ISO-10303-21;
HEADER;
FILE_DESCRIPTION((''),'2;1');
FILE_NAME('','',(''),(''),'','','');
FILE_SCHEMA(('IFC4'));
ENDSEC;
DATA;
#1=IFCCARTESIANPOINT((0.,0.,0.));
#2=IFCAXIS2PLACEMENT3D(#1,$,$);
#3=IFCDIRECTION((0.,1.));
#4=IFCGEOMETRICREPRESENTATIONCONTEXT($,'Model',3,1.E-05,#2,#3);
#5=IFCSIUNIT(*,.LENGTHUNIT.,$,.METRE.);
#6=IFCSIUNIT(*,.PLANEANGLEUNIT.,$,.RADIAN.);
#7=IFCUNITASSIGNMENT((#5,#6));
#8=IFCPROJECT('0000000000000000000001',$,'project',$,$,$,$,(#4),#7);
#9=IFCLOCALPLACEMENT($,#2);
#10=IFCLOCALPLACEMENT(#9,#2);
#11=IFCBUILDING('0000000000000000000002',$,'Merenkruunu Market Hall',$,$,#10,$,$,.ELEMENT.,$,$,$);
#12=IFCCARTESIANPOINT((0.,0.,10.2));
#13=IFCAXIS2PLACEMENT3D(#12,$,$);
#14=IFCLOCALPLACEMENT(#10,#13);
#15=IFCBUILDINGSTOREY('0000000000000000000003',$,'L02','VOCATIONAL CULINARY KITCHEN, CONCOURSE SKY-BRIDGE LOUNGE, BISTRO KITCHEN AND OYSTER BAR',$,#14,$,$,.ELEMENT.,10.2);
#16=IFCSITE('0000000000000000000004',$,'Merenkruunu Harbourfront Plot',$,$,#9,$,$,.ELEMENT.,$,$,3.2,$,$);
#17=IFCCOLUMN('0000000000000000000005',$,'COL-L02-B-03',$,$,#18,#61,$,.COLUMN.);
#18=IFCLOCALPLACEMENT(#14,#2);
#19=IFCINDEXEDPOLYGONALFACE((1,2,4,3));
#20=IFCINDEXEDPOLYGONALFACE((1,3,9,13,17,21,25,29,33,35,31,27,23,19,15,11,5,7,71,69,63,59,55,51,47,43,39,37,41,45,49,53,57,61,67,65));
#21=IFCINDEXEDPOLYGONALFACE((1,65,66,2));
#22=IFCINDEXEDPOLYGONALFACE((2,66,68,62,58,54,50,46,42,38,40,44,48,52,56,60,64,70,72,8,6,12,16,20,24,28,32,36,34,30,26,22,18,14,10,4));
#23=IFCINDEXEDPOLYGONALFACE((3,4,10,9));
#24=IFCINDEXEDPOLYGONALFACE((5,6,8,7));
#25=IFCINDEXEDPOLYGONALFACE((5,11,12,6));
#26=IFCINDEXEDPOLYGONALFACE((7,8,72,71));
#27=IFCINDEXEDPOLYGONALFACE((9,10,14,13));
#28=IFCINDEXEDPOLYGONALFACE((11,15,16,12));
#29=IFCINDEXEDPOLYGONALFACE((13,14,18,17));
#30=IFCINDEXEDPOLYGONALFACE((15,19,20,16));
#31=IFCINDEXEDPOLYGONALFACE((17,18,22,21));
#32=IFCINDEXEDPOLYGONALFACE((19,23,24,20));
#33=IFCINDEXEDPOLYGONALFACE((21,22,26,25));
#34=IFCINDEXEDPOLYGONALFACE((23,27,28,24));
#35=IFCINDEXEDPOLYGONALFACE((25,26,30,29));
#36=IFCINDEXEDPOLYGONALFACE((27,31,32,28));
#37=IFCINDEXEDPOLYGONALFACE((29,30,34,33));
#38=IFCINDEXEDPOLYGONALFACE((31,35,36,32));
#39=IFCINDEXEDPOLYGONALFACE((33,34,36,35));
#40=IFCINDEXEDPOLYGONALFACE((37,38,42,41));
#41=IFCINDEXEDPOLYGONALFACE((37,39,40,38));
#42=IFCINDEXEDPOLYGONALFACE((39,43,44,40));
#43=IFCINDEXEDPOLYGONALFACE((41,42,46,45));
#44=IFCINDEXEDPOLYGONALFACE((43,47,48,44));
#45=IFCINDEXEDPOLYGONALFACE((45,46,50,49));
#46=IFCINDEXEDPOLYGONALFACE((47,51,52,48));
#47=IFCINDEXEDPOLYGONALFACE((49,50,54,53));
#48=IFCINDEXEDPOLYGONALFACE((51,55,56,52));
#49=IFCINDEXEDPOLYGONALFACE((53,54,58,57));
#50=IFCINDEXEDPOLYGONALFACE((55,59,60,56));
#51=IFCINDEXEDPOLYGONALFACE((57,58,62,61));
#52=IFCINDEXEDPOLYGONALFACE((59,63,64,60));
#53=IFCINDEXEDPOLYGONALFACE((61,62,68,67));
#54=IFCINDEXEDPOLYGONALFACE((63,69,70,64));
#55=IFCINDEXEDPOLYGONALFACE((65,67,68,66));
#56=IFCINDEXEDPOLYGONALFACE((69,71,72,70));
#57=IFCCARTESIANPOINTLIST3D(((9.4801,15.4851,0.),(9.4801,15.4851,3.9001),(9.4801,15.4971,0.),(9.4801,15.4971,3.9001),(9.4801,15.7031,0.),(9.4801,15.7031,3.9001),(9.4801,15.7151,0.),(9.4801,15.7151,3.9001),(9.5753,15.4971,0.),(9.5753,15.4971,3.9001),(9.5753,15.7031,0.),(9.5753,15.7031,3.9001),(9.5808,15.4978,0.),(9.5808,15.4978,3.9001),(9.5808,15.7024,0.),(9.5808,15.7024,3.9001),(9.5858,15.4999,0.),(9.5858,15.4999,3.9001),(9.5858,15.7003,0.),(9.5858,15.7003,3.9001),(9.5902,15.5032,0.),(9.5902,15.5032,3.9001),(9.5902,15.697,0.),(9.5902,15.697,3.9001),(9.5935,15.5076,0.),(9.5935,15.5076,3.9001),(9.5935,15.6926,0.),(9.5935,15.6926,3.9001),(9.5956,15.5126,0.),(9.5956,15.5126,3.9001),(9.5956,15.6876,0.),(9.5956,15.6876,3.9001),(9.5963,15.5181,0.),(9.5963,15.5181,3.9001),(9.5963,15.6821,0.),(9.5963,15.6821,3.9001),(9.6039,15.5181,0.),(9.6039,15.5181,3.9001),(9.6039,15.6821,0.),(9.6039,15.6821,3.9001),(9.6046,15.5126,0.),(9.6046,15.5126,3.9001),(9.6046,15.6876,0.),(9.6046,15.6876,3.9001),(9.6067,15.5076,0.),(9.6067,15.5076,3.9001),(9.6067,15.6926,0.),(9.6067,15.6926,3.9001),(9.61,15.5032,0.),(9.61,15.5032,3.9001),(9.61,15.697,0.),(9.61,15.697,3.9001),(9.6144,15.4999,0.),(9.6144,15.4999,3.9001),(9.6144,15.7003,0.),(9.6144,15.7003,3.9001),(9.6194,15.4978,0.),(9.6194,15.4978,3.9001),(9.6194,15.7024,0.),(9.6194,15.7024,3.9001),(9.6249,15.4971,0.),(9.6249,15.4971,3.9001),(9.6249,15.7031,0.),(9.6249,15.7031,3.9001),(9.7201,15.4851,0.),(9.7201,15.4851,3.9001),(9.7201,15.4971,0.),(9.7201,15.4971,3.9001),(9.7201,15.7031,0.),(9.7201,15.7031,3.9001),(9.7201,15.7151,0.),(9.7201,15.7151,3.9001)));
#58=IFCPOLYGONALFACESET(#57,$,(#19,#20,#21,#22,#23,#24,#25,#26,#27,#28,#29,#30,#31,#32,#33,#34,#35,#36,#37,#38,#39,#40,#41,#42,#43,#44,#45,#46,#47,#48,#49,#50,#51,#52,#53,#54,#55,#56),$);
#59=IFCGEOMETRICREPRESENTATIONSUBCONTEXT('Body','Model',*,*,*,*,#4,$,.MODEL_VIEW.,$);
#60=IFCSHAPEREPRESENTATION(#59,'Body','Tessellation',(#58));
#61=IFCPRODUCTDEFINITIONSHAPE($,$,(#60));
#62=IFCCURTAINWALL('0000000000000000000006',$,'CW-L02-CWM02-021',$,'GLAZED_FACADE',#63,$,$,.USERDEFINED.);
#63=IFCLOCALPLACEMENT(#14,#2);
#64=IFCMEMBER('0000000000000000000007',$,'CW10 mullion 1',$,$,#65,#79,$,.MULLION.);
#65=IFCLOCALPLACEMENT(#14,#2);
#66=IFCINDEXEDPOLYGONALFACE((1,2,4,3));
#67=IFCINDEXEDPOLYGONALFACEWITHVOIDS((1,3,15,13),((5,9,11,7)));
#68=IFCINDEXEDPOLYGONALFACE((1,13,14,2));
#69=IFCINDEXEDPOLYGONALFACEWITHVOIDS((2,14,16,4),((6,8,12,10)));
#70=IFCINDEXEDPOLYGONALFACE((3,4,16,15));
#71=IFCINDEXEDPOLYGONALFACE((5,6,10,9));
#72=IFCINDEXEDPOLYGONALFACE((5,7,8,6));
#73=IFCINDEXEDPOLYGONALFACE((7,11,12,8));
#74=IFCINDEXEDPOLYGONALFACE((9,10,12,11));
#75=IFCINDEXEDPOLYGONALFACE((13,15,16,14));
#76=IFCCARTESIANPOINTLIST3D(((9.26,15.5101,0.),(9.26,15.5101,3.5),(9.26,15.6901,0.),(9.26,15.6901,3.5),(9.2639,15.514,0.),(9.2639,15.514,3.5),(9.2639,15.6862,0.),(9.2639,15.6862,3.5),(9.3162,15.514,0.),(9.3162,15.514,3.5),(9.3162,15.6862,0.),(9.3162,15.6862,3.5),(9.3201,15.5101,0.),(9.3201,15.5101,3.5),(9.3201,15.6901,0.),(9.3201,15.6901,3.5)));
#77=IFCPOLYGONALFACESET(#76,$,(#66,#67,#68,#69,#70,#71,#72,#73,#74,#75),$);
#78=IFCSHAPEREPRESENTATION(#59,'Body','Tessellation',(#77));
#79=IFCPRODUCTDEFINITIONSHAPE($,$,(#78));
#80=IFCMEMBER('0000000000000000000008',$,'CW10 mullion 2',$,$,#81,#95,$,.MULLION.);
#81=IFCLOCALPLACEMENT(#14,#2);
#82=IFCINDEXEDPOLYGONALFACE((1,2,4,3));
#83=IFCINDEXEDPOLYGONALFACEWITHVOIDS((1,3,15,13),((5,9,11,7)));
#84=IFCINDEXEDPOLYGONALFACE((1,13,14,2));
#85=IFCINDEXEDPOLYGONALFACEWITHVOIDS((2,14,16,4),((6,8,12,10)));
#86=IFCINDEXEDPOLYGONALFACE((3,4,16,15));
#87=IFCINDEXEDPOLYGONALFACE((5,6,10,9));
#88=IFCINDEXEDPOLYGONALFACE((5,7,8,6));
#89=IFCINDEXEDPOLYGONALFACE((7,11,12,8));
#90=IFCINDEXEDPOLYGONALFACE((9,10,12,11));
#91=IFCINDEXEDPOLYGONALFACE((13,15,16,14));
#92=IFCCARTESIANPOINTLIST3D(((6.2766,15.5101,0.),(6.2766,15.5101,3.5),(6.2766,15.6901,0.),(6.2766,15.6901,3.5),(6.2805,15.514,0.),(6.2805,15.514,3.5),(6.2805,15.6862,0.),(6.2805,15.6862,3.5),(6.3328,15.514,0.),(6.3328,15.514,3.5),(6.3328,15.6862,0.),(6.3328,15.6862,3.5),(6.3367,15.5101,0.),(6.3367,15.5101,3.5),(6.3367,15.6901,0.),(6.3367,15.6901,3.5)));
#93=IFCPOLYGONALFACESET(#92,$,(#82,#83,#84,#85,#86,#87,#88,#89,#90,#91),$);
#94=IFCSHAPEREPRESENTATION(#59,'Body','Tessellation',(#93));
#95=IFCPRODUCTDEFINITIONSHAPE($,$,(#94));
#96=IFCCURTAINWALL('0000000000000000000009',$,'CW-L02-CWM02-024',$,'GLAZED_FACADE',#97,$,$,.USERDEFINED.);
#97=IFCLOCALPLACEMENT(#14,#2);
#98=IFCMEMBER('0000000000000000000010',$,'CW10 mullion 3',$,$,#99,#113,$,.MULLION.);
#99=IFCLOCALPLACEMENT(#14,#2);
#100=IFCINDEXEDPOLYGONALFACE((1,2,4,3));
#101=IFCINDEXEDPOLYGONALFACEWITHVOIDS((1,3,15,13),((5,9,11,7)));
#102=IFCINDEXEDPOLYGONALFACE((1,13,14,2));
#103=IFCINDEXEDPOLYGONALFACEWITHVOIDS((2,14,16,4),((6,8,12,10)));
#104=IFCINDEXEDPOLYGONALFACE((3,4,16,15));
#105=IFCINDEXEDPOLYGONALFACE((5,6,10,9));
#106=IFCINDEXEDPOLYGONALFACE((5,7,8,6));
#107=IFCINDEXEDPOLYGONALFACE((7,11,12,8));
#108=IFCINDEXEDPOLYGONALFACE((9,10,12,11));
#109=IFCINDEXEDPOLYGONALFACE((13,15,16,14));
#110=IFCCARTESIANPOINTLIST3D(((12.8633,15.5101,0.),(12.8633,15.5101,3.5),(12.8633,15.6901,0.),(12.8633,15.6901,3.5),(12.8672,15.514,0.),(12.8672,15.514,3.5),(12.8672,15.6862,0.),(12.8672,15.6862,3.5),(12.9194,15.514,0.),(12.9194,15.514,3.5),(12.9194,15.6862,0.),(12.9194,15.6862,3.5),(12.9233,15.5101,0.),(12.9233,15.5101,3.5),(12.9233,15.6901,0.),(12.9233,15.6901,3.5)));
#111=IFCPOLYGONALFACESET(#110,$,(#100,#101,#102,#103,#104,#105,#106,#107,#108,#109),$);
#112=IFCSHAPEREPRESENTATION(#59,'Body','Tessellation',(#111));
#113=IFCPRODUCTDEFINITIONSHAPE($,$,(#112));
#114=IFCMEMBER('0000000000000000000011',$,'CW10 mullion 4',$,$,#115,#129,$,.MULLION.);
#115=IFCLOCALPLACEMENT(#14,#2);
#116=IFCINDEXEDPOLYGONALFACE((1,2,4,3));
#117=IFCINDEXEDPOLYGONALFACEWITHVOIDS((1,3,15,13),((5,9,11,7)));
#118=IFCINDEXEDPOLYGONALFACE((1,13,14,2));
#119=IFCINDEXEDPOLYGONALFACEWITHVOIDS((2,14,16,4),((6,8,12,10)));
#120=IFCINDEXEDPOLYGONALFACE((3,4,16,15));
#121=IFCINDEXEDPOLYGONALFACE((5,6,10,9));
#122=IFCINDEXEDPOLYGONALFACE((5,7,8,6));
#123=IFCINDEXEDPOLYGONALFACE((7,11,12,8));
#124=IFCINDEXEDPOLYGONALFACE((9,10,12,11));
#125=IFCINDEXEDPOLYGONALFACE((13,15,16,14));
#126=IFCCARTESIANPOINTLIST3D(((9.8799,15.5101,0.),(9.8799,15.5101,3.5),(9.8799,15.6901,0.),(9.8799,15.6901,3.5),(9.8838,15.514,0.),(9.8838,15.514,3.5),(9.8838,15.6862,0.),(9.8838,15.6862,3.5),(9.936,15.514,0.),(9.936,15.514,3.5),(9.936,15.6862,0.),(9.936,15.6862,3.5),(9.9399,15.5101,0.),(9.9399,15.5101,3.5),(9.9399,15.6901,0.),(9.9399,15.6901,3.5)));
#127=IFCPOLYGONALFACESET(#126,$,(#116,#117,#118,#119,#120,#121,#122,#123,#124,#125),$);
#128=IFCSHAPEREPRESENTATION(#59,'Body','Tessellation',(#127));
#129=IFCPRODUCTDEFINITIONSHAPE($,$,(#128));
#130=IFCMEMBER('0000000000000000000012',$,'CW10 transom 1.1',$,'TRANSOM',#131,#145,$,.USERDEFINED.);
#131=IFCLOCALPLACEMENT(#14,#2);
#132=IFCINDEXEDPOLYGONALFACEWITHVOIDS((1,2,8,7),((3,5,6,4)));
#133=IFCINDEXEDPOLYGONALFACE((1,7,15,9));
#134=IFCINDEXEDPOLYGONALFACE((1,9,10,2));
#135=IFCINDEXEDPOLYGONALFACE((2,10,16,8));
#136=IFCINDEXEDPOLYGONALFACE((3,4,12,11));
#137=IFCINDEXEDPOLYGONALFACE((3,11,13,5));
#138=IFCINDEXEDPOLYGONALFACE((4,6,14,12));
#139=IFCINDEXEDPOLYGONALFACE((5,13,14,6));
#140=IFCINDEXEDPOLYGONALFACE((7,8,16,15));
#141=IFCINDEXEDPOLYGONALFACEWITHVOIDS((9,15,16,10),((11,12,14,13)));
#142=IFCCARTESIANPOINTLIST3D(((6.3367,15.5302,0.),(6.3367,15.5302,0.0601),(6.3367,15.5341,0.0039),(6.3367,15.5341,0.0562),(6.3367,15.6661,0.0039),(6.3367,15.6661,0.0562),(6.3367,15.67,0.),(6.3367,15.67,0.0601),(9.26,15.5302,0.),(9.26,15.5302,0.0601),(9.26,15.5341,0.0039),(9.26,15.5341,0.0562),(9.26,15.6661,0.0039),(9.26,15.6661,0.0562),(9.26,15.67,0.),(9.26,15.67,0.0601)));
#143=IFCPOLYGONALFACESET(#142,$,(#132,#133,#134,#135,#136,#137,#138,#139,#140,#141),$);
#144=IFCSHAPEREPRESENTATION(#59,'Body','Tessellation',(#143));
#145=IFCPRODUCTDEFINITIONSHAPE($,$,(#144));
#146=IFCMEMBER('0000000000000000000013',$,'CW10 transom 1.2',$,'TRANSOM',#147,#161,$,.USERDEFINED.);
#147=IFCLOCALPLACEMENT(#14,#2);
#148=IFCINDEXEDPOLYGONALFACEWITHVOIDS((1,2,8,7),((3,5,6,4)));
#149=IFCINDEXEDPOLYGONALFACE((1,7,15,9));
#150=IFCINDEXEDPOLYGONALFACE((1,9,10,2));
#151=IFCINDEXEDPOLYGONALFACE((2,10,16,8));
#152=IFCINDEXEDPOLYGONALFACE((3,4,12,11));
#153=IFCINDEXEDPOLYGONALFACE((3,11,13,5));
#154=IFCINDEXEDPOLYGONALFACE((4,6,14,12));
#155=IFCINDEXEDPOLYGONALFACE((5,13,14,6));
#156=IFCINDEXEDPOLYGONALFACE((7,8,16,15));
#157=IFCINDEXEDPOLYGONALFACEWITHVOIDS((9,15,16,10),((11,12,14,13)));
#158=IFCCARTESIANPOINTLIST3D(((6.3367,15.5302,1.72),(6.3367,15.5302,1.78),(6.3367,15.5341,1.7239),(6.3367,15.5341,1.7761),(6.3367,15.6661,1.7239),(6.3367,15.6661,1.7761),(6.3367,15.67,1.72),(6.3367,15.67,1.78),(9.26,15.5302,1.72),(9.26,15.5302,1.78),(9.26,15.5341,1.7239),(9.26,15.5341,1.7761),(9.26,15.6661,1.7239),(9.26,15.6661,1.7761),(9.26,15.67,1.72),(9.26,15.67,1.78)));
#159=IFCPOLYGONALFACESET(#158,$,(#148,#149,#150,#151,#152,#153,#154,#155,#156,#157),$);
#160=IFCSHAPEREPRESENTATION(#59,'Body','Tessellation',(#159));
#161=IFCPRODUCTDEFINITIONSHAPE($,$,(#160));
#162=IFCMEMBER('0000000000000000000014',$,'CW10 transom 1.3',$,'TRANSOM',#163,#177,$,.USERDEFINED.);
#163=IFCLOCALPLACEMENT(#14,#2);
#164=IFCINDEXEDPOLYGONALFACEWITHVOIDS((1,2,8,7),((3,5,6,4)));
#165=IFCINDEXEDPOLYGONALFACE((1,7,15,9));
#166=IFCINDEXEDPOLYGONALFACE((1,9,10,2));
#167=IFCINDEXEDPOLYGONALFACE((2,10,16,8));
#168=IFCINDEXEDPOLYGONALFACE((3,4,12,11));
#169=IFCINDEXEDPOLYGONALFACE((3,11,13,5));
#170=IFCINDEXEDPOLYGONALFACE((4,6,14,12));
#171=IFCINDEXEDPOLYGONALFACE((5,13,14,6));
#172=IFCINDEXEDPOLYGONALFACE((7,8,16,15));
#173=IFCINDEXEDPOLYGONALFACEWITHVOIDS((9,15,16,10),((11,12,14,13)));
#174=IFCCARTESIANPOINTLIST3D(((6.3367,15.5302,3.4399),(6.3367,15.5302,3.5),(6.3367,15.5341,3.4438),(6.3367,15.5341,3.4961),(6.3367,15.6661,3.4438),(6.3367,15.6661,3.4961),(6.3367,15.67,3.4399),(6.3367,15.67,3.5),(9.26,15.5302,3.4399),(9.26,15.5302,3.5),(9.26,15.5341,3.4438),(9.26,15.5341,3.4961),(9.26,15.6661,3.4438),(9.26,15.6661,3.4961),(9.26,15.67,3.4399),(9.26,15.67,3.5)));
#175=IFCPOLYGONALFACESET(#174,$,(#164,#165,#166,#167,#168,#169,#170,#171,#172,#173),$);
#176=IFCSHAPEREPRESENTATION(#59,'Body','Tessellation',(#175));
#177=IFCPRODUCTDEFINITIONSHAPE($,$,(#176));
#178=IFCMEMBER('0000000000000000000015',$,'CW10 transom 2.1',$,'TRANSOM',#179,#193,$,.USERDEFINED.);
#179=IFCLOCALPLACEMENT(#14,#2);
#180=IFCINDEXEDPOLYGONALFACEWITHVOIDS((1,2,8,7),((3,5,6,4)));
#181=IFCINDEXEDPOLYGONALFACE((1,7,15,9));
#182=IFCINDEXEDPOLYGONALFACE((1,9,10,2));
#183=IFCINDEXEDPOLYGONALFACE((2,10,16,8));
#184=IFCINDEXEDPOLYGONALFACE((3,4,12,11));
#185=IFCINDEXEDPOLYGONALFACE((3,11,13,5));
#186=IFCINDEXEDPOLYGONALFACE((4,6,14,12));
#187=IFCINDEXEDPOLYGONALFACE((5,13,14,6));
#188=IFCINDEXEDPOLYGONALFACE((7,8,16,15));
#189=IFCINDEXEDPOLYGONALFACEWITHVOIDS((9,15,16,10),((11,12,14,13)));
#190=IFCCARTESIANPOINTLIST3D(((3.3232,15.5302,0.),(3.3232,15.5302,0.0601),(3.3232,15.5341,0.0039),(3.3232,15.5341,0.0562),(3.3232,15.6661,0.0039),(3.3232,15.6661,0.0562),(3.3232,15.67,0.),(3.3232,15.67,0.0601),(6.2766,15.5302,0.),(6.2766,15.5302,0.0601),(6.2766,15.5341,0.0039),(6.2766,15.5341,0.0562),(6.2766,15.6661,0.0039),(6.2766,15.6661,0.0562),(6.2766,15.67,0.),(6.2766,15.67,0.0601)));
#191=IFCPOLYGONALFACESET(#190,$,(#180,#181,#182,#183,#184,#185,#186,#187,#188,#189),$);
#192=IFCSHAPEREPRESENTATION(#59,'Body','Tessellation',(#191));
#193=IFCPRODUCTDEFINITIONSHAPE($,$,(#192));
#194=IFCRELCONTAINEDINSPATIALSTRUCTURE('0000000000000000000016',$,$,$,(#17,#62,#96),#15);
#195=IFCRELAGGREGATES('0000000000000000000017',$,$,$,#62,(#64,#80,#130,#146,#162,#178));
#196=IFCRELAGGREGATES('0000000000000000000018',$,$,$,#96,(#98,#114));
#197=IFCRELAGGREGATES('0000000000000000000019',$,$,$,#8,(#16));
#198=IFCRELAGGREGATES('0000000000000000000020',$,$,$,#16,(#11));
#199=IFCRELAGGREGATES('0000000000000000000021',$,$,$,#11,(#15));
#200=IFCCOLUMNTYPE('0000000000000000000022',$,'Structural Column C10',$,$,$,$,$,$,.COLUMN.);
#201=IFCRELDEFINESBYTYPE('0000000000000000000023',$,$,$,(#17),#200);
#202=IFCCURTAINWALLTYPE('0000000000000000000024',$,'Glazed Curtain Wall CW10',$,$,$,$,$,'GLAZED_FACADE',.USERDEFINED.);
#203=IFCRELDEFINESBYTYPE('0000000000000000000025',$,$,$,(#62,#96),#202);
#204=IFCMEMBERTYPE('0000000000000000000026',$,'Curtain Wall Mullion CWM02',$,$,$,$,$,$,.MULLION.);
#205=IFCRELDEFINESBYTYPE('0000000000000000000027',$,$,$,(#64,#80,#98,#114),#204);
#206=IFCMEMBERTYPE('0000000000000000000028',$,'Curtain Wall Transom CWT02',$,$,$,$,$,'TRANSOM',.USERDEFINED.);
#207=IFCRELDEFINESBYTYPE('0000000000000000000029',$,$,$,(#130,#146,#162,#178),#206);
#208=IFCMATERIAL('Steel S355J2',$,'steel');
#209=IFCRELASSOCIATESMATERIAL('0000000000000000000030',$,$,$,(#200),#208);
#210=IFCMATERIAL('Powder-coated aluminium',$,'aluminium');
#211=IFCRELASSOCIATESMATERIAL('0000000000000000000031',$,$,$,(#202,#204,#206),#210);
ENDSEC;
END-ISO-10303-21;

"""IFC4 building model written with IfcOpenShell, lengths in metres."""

from ifc_helpers import new_model, si_unit, direction, frame, origin, origin_2d, place, context, subcontext, project, spatial, hollow_rectangle, i_section, extrude, material, material_profile, profile_set, type_object, element, aggregate, save


model = new_model("IFC4")

# Units and contexts
model_context = context("Model", 3, precision=1e-05, world=origin(), true_north=direction((0.0, 1.0)))
body_context = subcontext(model_context, "Body", "Model", "MODEL_VIEW")
ifc_project = project(units=[si_unit("LENGTHUNIT", "METRE"), si_unit("PLANEANGLEUNIT", "RADIAN")], contexts=[model_context])

# Site, building, storey
site_placement = place(None, origin())
site = spatial("IfcSite", under=ifc_project, at=site_placement, Name="Merenkruunu Harbourfront Plot", CompositionType="ELEMENT", RefElevation=3.2)
building_placement = place(site_placement, origin())
building = spatial("IfcBuilding", under=site, at=building_placement, Name="Merenkruunu Market Hall", CompositionType="ELEMENT")
storey_placement = place(building_placement, frame((0.0, 0.0, 10.2)))
storey = spatial("IfcBuildingStorey", under=building, at=storey_placement, Name="L02", Description="VOCATIONAL CULINARY KITCHEN, CONCOURSE SKY-BRIDGE LOUNGE, BISTRO KITCHEN AND OYSTER BAR", CompositionType="ELEMENT", Elevation=10.2)

# Column
ifc_material_1 = material(Name="Steel S355J2", Category="steel")
ifc_material_profile_1 = material_profile(ifc_material_1, i_section(OverallWidth=0.24, OverallDepth=0.23, WebThickness=0.0076, FlangeThickness=0.012, FilletRadius=0.021, at=origin_2d()), Name="HEA 240")
ifc_profile_set_1 = profile_set([ifc_material_profile_1], Name="Steel S355J2")
column_type = type_object("IfcColumnType", Name="Structural Column C10", PredefinedType="COLUMN", material=ifc_profile_set_1)
column_placement = place(storey_placement, frame((9.6001, 15.6001, 0.0), z_axis=(0.0, 0.0, 1.0), x_axis=(1.0, 0.0, 0.0)))
element("IfcColumn", 1, at=column_placement, inside=storey, type_object=column_type, Name="COL-L02-B-03", PredefinedType="COLUMN", context=body_context, shape_type="SweptSolid", body=[
    extrude(i_section(OverallWidth=0.24, OverallDepth=0.23, WebThickness=0.0076, FlangeThickness=0.012, FilletRadius=0.021, at=origin_2d()), origin(), (0.0, 0.0, 1.0), 3.9001),
])

# Curtain walls, members
ifc_material_2 = material(Name="Powder-coated aluminium", Category="aluminium")
curtain_wall_type = type_object("IfcCurtainWallType", Name="Glazed Curtain Wall CW10", ElementType="GLAZED_FACADE", PredefinedType="USERDEFINED", material=ifc_material_2)
curtain_wall_1_placement = place(storey_placement, origin())
curtain_wall_1 = element("IfcCurtainWall", 2, at=curtain_wall_1_placement, inside=storey, type_object=curtain_wall_type, Name="CW-L02-CWM02-021", ObjectType="GLAZED_FACADE", PredefinedType="USERDEFINED")
ifc_material_profile_2 = material_profile(ifc_material_2, hollow_rectangle(XDim=0.0601, YDim=0.1799, WallThickness=0.0039, at=origin_2d()), Name="ALU 60x180x4")
ifc_profile_set_2 = profile_set([ifc_material_profile_2], Name="Powder-coated aluminium")
member_type_1 = type_object("IfcMemberType", Name="Curtain Wall Mullion CWM02", PredefinedType="MULLION", material=ifc_profile_set_2)
member_1_placement = place(storey_placement, frame((9.29, 15.6001, 0.0), z_axis=(0.0, 0.0, 1.0), x_axis=(-1.0, 0.0, 0.0)))
member_1 = element("IfcMember", 3, at=member_1_placement, type_object=member_type_1, Name="CW10 mullion 1", PredefinedType="MULLION", context=body_context, shape_type="SweptSolid", body=[
    extrude(hollow_rectangle(XDim=0.0601, YDim=0.1799, WallThickness=0.0039, at=origin_2d()), origin(), (0.0, 0.0, 1.0), 3.5),
])
member_2_placement = place(storey_placement, frame((6.3066, 15.6001, 0.0), z_axis=(0.0, 0.0, 1.0), x_axis=(-1.0, 0.0, 0.0)))
member_2 = element("IfcMember", 4, at=member_2_placement, type_object=member_type_1, Name="CW10 mullion 2", PredefinedType="MULLION", context=body_context, shape_type="SweptSolid", body=[
    extrude(hollow_rectangle(XDim=0.0601, YDim=0.1799, WallThickness=0.0039, at=origin_2d()), origin(), (0.0, 0.0, 1.0), 3.5),
])
curtain_wall_2_placement = place(storey_placement, origin())
curtain_wall_2 = element("IfcCurtainWall", 5, at=curtain_wall_2_placement, inside=storey, type_object=curtain_wall_type, Name="CW-L02-CWM02-024", ObjectType="GLAZED_FACADE", PredefinedType="USERDEFINED")
member_3_placement = place(storey_placement, frame((12.8933, 15.6001, 0.0), z_axis=(0.0, 0.0, 1.0), x_axis=(-1.0, 0.0, 0.0)))
member_3 = element("IfcMember", 6, at=member_3_placement, type_object=member_type_1, Name="CW10 mullion 3", PredefinedType="MULLION", context=body_context, shape_type="SweptSolid", body=[
    extrude(hollow_rectangle(XDim=0.0601, YDim=0.1799, WallThickness=0.0039, at=origin_2d()), origin(), (0.0, 0.0, 1.0), 3.5),
])
member_4_placement = place(storey_placement, frame((9.9099, 15.6001, 0.0), z_axis=(0.0, 0.0, 1.0), x_axis=(-1.0, 0.0, 0.0)))
member_4 = element("IfcMember", 7, at=member_4_placement, type_object=member_type_1, Name="CW10 mullion 4", PredefinedType="MULLION", context=body_context, shape_type="SweptSolid", body=[
    extrude(hollow_rectangle(XDim=0.0601, YDim=0.1799, WallThickness=0.0039, at=origin_2d()), origin(), (0.0, 0.0, 1.0), 3.5),
])

# Members
ifc_material_profile_3 = material_profile(ifc_material_2, hollow_rectangle(XDim=0.0601, YDim=0.1399, WallThickness=0.0039, at=origin_2d()), Name="ALU 60x140x4")
ifc_profile_set_3 = profile_set([ifc_material_profile_3], Name="Powder-coated aluminium")
member_type_2 = type_object("IfcMemberType", Name="Curtain Wall Transom CWT02", ElementType="TRANSOM", PredefinedType="USERDEFINED", material=ifc_profile_set_3)
member_5_placement = place(storey_placement, frame((9.26, 15.6001, 0.03), z_axis=(-1.0, 0.0, 0.0), x_axis=(0.0, 0.0, 1.0)))
member_5 = element("IfcMember", 8, at=member_5_placement, type_object=member_type_2, Name="CW10 transom 1.1", ObjectType="TRANSOM", PredefinedType="USERDEFINED", context=body_context, shape_type="SweptSolid", body=[
    extrude(hollow_rectangle(XDim=0.0601, YDim=0.1399, WallThickness=0.0039, at=origin_2d()), origin(), (0.0, 0.0, 1.0), 2.9233),
])
member_6_placement = place(storey_placement, frame((9.26, 15.6001, 1.75), z_axis=(-1.0, 0.0, 0.0), x_axis=(0.0, 0.0, 1.0)))
member_6 = element("IfcMember", 9, at=member_6_placement, type_object=member_type_2, Name="CW10 transom 1.2", ObjectType="TRANSOM", PredefinedType="USERDEFINED", context=body_context, shape_type="SweptSolid", body=[
    extrude(hollow_rectangle(XDim=0.0601, YDim=0.1399, WallThickness=0.0039, at=origin_2d()), origin(), (0.0, 0.0, 1.0), 2.9233),
])
member_7_placement = place(storey_placement, frame((9.26, 15.6001, 3.47), z_axis=(-1.0, 0.0, 0.0), x_axis=(0.0, 0.0, 1.0)))
member_7 = element("IfcMember", 10, at=member_7_placement, type_object=member_type_2, Name="CW10 transom 1.3", ObjectType="TRANSOM", PredefinedType="USERDEFINED", context=body_context, shape_type="SweptSolid", body=[
    extrude(hollow_rectangle(XDim=0.0601, YDim=0.1399, WallThickness=0.0039, at=origin_2d()), origin(), (0.0, 0.0, 1.0), 2.9233),
])
member_8_placement = place(storey_placement, frame((6.2766, 15.6001, 0.03), z_axis=(-1.0, 0.0, 0.0), x_axis=(0.0, 0.0, 1.0)))
member_8 = element("IfcMember", 11, at=member_8_placement, type_object=member_type_2, Name="CW10 transom 2.1", ObjectType="TRANSOM", PredefinedType="USERDEFINED", context=body_context, shape_type="SweptSolid", body=[
    extrude(hollow_rectangle(XDim=0.0601, YDim=0.1399, WallThickness=0.0039, at=origin_2d()), origin(), (0.0, 0.0, 1.0), 2.9534),
])

aggregate(curtain_wall_1, [member_1, member_2, member_5, member_6, member_7, member_8])
aggregate(curtain_wall_2, [member_3, member_4])

save(model, "model.ifc")
